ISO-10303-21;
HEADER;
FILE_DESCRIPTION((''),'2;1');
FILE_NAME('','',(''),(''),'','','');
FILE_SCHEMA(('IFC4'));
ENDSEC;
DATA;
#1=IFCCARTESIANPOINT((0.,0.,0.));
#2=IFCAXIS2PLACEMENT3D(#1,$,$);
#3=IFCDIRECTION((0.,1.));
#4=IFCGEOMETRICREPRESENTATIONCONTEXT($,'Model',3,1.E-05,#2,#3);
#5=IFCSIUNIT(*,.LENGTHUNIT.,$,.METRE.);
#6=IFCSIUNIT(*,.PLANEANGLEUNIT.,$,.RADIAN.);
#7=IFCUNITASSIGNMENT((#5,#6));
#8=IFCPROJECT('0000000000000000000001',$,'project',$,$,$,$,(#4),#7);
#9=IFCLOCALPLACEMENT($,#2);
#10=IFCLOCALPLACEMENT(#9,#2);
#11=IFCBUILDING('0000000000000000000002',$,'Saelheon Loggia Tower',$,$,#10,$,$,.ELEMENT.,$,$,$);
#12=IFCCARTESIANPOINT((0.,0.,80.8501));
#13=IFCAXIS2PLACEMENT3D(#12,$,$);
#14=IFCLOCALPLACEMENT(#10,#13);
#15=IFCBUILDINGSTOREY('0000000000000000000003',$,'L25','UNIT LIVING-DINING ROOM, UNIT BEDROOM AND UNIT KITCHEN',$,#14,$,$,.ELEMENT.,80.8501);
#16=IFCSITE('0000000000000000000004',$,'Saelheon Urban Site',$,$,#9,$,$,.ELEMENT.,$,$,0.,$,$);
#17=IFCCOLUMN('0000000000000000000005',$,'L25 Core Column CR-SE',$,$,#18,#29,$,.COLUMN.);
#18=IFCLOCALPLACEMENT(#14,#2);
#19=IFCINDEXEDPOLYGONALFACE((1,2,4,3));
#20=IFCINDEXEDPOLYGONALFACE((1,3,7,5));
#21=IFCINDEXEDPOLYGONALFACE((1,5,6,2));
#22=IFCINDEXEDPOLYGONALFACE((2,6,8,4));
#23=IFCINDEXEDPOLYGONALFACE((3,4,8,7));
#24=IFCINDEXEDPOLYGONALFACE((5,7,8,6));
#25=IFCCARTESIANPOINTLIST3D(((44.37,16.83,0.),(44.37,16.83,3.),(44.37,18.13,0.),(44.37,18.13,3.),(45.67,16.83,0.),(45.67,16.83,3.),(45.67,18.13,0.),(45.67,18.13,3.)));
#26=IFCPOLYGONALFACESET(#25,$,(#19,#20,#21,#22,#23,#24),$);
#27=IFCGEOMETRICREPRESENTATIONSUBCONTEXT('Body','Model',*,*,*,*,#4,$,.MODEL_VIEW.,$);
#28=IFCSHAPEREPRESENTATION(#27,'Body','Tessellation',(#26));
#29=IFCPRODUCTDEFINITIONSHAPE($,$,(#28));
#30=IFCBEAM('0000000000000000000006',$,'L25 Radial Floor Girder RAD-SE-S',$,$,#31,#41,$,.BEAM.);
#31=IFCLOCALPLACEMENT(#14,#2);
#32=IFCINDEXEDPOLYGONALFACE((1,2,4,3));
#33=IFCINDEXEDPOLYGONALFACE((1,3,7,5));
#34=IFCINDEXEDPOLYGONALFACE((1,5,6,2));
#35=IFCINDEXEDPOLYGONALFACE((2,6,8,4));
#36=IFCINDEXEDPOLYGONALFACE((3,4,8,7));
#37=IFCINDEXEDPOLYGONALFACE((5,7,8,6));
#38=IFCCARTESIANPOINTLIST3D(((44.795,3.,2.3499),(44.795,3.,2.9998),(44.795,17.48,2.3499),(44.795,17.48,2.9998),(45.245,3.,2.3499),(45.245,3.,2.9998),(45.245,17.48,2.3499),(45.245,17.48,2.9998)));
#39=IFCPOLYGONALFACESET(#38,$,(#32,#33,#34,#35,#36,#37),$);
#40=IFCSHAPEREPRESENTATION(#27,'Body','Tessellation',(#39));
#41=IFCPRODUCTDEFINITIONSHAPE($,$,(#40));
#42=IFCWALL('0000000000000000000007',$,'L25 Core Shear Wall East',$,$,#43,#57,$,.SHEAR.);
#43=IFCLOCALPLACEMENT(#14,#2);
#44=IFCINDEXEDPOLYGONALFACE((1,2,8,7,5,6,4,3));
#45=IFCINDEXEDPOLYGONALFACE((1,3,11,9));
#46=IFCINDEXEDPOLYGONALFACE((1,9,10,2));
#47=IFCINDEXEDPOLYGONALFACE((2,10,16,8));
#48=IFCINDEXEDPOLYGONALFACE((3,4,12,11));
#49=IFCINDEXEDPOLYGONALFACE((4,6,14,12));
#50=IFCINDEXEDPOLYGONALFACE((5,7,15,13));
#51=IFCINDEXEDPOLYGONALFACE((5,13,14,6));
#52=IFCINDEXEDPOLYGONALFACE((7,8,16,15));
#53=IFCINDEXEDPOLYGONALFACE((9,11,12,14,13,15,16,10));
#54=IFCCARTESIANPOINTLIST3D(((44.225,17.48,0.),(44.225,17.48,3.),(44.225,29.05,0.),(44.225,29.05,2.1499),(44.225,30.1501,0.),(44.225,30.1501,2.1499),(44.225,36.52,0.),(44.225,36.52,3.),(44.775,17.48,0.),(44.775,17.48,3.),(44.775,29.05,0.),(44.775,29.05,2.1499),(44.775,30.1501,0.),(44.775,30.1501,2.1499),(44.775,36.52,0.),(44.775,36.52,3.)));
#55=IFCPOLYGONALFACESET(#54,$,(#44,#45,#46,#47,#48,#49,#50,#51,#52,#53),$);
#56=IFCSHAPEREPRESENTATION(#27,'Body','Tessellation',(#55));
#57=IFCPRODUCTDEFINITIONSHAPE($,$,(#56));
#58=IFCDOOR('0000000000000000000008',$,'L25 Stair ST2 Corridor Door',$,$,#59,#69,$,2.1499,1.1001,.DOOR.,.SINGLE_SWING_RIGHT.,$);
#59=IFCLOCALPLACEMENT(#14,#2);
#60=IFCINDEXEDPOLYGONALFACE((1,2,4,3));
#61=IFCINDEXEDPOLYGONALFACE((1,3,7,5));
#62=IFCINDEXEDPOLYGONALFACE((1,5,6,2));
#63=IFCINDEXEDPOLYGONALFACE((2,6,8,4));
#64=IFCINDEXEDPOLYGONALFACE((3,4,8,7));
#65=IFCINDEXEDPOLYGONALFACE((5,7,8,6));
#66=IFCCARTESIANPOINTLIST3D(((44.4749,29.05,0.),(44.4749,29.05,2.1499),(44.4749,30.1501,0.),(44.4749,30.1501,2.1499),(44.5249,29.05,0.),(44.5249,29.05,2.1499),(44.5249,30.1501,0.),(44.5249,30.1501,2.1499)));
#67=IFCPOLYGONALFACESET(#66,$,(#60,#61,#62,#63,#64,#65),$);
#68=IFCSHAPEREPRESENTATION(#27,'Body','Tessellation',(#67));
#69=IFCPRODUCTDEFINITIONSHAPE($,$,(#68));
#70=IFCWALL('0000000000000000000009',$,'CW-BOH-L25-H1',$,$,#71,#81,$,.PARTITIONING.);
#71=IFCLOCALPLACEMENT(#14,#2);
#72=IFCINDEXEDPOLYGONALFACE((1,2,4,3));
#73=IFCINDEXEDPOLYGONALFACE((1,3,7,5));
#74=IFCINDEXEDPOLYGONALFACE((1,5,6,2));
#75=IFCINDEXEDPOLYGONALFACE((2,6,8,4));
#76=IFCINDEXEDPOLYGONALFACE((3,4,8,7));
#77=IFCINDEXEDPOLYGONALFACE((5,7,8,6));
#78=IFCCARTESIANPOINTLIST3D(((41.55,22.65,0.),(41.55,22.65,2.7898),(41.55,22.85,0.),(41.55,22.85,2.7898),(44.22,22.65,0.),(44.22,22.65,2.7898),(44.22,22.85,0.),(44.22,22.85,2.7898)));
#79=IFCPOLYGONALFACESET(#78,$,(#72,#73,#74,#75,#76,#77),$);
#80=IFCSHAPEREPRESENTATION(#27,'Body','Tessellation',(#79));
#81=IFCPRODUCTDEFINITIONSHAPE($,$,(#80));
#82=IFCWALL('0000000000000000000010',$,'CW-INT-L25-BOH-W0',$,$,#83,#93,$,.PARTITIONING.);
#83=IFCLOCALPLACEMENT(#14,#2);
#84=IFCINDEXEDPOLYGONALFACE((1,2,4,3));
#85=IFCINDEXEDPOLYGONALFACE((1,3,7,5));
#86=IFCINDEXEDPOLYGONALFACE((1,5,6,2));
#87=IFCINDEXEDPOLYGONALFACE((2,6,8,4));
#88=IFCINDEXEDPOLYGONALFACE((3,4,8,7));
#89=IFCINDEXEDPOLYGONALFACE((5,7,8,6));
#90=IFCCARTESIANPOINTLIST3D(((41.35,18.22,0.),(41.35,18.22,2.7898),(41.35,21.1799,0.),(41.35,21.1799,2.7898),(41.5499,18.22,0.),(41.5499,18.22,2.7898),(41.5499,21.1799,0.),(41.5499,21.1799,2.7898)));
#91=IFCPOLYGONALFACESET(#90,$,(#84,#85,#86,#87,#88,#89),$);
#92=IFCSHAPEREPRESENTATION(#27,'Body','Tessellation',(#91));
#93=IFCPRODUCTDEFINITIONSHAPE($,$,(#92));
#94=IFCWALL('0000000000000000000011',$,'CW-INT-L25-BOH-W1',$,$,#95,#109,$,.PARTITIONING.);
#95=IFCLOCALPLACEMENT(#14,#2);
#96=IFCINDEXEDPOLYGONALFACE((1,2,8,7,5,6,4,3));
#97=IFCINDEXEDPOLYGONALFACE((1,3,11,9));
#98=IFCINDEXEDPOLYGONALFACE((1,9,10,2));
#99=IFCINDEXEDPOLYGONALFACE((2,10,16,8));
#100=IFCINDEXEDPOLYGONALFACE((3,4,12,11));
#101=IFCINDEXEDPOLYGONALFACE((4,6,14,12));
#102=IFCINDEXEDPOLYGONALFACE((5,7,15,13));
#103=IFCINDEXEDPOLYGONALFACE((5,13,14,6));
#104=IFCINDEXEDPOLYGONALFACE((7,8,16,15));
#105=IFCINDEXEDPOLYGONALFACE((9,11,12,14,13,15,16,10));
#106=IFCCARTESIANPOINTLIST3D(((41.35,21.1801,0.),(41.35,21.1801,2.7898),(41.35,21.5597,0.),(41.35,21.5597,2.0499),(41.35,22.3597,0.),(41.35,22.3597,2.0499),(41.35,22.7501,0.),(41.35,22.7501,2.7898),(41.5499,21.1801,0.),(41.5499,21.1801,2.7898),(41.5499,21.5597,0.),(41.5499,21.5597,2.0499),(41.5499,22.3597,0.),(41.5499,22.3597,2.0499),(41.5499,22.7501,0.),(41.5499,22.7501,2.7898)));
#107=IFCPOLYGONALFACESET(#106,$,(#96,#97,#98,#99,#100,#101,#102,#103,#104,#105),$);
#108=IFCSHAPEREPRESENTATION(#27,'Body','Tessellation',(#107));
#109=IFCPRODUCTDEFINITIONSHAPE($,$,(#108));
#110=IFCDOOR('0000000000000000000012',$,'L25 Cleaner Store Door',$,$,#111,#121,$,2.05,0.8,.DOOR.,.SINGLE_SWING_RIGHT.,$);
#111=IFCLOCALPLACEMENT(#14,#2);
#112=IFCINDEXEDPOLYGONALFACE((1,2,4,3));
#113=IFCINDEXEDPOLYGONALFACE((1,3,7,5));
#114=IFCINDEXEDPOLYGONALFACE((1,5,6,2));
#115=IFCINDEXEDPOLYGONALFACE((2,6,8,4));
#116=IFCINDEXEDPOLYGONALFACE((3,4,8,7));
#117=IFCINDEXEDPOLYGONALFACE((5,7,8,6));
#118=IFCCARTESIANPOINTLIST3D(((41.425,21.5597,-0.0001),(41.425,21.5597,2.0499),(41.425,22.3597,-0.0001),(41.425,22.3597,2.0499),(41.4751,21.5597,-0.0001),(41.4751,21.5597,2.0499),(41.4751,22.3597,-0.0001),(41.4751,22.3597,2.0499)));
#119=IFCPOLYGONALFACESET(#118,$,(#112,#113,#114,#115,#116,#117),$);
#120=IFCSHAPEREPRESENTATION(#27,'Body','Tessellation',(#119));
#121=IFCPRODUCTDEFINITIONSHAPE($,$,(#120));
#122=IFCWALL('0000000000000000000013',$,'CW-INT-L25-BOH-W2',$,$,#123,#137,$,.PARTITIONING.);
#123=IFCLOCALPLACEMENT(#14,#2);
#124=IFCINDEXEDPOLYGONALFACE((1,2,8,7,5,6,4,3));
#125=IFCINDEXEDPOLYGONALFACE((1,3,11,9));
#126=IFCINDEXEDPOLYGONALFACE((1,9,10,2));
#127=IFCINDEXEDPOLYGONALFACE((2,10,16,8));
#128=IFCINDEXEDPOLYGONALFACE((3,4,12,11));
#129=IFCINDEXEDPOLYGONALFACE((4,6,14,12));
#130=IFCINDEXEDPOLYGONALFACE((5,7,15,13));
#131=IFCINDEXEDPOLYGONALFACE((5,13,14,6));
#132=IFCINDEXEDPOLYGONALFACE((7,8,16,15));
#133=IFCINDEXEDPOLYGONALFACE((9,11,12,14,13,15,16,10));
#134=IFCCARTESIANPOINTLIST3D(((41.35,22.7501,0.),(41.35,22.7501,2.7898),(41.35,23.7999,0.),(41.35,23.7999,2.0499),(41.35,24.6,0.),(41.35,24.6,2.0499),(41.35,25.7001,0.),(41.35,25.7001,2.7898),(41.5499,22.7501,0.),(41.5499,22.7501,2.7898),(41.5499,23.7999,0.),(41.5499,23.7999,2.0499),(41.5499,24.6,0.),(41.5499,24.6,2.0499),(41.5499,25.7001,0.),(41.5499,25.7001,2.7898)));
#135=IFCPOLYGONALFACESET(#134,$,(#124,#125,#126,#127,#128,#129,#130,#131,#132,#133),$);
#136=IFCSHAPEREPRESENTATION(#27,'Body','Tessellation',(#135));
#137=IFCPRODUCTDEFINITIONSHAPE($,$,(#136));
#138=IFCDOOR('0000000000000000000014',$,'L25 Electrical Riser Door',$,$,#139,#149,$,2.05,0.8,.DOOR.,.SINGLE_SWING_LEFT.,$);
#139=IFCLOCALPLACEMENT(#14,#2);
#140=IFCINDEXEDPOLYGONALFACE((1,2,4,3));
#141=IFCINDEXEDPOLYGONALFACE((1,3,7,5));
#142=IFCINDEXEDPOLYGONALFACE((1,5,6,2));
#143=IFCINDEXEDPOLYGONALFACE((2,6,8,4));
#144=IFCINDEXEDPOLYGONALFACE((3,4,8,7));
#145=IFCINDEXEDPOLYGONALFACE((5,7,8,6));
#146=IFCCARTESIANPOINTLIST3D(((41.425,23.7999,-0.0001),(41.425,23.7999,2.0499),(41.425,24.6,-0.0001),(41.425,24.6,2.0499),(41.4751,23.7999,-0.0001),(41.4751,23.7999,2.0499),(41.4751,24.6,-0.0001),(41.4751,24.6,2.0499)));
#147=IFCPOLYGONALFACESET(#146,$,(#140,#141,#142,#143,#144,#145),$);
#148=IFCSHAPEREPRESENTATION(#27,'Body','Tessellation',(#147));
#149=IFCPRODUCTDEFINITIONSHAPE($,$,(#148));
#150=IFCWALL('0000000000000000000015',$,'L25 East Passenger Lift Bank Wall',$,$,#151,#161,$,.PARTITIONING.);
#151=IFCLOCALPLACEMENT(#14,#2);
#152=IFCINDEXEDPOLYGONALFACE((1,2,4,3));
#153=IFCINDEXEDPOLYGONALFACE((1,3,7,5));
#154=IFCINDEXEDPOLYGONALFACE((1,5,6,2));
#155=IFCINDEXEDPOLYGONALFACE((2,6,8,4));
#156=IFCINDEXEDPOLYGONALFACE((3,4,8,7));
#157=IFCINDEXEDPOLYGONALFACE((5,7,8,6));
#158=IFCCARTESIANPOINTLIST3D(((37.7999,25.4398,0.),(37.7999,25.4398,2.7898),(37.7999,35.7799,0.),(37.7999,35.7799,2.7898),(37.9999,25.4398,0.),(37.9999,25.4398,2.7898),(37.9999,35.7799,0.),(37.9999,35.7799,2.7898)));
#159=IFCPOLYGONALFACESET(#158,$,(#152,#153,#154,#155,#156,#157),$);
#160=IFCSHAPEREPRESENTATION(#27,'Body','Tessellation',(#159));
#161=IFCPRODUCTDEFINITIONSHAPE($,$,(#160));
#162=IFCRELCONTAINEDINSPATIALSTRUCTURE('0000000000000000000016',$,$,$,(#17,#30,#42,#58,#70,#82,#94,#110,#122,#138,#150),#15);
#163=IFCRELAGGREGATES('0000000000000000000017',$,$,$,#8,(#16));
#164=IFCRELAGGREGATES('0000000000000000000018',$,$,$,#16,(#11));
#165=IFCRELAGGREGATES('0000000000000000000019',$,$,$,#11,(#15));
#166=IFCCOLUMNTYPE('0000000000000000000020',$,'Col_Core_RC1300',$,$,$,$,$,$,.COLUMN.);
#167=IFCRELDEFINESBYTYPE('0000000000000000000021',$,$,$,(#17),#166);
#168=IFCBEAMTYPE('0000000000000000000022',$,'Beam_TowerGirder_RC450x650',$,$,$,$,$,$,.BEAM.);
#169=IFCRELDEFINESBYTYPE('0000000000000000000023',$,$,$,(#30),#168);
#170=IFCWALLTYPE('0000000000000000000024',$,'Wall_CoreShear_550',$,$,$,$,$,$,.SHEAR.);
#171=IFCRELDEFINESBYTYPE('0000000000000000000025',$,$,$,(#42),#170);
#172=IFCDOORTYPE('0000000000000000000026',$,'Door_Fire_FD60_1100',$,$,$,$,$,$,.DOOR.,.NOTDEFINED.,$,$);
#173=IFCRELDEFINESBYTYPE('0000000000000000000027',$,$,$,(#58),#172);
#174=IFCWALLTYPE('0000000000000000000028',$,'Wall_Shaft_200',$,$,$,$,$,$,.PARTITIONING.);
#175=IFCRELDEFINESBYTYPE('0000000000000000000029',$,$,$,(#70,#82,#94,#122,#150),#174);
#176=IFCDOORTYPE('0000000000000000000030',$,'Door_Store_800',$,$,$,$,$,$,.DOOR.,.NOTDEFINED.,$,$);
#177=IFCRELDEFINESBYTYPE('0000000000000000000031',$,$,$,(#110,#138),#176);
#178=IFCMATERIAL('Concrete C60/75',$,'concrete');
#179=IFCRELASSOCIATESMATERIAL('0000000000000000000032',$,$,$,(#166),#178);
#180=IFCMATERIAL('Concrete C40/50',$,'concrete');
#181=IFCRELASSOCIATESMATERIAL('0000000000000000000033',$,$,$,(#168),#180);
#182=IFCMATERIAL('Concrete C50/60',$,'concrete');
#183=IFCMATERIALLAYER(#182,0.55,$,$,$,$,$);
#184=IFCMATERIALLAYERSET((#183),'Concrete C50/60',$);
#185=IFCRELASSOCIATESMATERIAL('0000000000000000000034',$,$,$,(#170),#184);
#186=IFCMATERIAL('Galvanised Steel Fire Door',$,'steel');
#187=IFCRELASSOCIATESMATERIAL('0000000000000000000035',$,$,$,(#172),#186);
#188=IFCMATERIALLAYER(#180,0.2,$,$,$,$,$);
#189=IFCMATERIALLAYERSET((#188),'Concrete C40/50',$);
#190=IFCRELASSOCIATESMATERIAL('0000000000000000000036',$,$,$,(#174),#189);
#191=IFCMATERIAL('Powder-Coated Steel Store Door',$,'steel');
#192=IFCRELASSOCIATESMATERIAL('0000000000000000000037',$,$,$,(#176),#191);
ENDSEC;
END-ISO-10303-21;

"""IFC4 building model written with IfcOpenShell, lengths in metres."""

from ifc_helpers import new_model, si_unit, direction, frame, frame_2d, origin, origin_2d, place, context, subcontext, project, spatial, rectangle, extrude, source, transform, mapped, material, layer, layer_set, material_profile, profile_set, type_object, element, fill, save


model = new_model("IFC4")

# Units and contexts
model_context = context("Model", 3, precision=1e-05, world=origin(), true_north=direction((0.0, 1.0)))
body_context = subcontext(model_context, "Body", "Model", "MODEL_VIEW")
ifc_project = project(units=[si_unit("LENGTHUNIT", "METRE"), si_unit("PLANEANGLEUNIT", "RADIAN")], contexts=[model_context])

# Site, building, storey
site_placement = place(None, origin())
site = spatial("IfcSite", under=ifc_project, at=site_placement, Name="Saelheon Urban Site", CompositionType="ELEMENT", RefElevation=0.0)
building_placement = place(site_placement, origin())
building = spatial("IfcBuilding", under=site, at=building_placement, Name="Saelheon Loggia Tower", CompositionType="ELEMENT")
storey_placement = place(building_placement, frame((0.0, 0.0, 80.8501)))
storey = spatial("IfcBuildingStorey", under=building, at=storey_placement, Name="L25", Description="UNIT LIVING-DINING ROOM, UNIT BEDROOM AND UNIT KITCHEN", CompositionType="ELEMENT", Elevation=80.8501)

# Column
ifc_material_1 = material(Name="Concrete C60/75", Category="concrete")
ifc_material_profile_1 = material_profile(ifc_material_1, rectangle(XDim=1.3, YDim=1.3, at=origin_2d()), Name="RC-1300x1300")
ifc_profile_set_1 = profile_set([ifc_material_profile_1], Name="Concrete C60/75")
column_type = type_object("IfcColumnType", Name="Col_Core_RC1300", PredefinedType="COLUMN", material=ifc_profile_set_1)
shared_shape_1 = source(origin(), body_context, "Body", "SweptSolid", [
    extrude(rectangle(XDim=1.3, YDim=1.3, at=origin_2d()), origin(), (0.0, 0.0, 1.0), 3.0),
])
column_placement = place(storey_placement, frame((45.02, 17.48, 0.0), z_axis=(0.0, 0.0, 1.0), x_axis=(1.0, 0.0, 0.0)))
element("IfcColumn", 1, at=column_placement, inside=storey, type_object=column_type, Name="L25 Core Column CR-SE", PredefinedType="COLUMN", context=body_context, shape_type="MappedRepresentation", body=[
    mapped(shared_shape_1, transform((0.0, 0.0, 0.0), scale=1.0)),
])

# Beam
ifc_material_2 = material(Name="Concrete C40/50", Category="concrete")
ifc_material_profile_2 = material_profile(ifc_material_2, rectangle(XDim=0.45, YDim=0.6499, at=origin_2d()), Name="RC-450x650")
ifc_profile_set_2 = profile_set([ifc_material_profile_2], Name="Concrete C40/50")
beam_type = type_object("IfcBeamType", Name="Beam_TowerGirder_RC450x650", PredefinedType="BEAM", material=ifc_profile_set_2)
shared_shape_2 = source(origin(), body_context, "Body", "SweptSolid", [
    extrude(rectangle(XDim=0.45, YDim=0.6499, at=origin_2d()), origin(), (0.0, 0.0, 1.0), 14.48),
])
beam_placement = place(storey_placement, frame((45.02, 17.48, 2.6748), z_axis=(0.0, -1.0, 0.0), x_axis=(1.0, 0.0, 0.0)))
element("IfcBeam", 2, at=beam_placement, inside=storey, type_object=beam_type, Name="L25 Radial Floor Girder RAD-SE-S", PredefinedType="BEAM", context=body_context, shape_type="MappedRepresentation", body=[
    mapped(shared_shape_2, transform((0.0, 0.0, 0.0), scale=1.0)),
])

# Wall, opening, door
ifc_material_3 = material(Name="Concrete C50/60", Category="concrete")
ifc_layer_1 = layer(ifc_material_3, 0.55)
ifc_layer_set_1 = layer_set([ifc_layer_1], Name="Concrete C50/60")
wall_type_1 = type_object("IfcWallType", Name="Wall_CoreShear_550", PredefinedType="SHEAR", material=ifc_layer_set_1)
wall_1_placement = place(storey_placement, frame((44.5, 17.48, 0.0), z_axis=(0.0, 0.0, 1.0), x_axis=(0.0, 1.0, 0.0)))
wall_1 = element("IfcWall", 3, at=wall_1_placement, inside=storey, type_object=wall_type_1, Name="L25 Core Shear Wall East", PredefinedType="SHEAR", context=body_context, shape_type="SweptSolid", body=[
    extrude(rectangle(XDim=19.04, YDim=0.55, at=frame_2d((9.52, 0.0))), origin(), (0.0, 0.0, 1.0), 3.0),
])
opening_1_placement = place(wall_1_placement, frame((12.6702, 0.0, 0.0), z_axis=(0.0, 0.0, 1.0), x_axis=(-1.0, 0.0, 0.0)))
opening_1 = element("IfcOpeningElement", 4, at=opening_1_placement, cuts=wall_1, PredefinedType="OPENING", context=body_context, shape_type="SweptSolid", body=[
    extrude(rectangle(XDim=1.1001, YDim=2.1499, at=frame_2d((0.55, 1.075))), frame((0.0, 0.2871, 0.0), z_axis=(0.0, -1.0, 0.0), x_axis=(1.0, 0.0, 0.0)), (0.0, 0.0, 1.0), 0.574),
])
ifc_material_4 = material(Name="Galvanised Steel Fire Door", Category="steel")
door_type_1 = type_object("IfcDoorType", Name="Door_Fire_FD60_1100", OperationType="NOTDEFINED", PredefinedType="DOOR", material=ifc_material_4)
shared_shape_3 = source(origin(), body_context, "Body", "SweptSolid", [
    extrude(rectangle(XDim=1.1001, YDim=2.1499, at=frame_2d((0.55, 1.075))), frame((0.0, 0.0249, 0.0), z_axis=(0.0, -1.0, 0.0), x_axis=(1.0, 0.0, 0.0)), (0.0, 0.0, 1.0), 0.05),
])
door_1_placement = place(opening_1_placement, origin())
door_1 = element("IfcDoor", 5, at=door_1_placement, inside=storey, type_object=door_type_1, Name="L25 Stair ST2 Corridor Door", OperationType="SINGLE_SWING_RIGHT", OverallHeight=2.1499, OverallWidth=1.1001, PredefinedType="DOOR", context=body_context, shape_type="MappedRepresentation", body=[
    mapped(shared_shape_3, transform((0.0, 0.0, 0.0), scale=1.0)),
])
fill(opening_1, door_1)

# Walls
ifc_layer_2 = layer(ifc_material_2, 0.2)
ifc_layer_set_2 = layer_set([ifc_layer_2], Name="Concrete C40/50")
wall_type_2 = type_object("IfcWallType", Name="Wall_Shaft_200", PredefinedType="PARTITIONING", material=ifc_layer_set_2)
wall_2_placement = place(storey_placement, frame((41.55, 22.75, 0.0), z_axis=(0.0, 0.0, 1.0), x_axis=(1.0, 0.0, 0.0)))
element("IfcWall", 6, at=wall_2_placement, inside=storey, type_object=wall_type_2, Name="CW-BOH-L25-H1", PredefinedType="PARTITIONING", context=body_context, shape_type="SweptSolid", body=[
    extrude(rectangle(XDim=2.6699, YDim=0.2, at=frame_2d((1.335, 0.0))), origin(), (0.0, 0.0, 1.0), 2.7898),
])
wall_3_placement = place(storey_placement, frame((41.45, 18.22, 0.0), z_axis=(0.0, 0.0, 1.0), x_axis=(0.0, 1.0, 0.0)))
element("IfcWall", 7, at=wall_3_placement, inside=storey, type_object=wall_type_2, Name="CW-INT-L25-BOH-W0", PredefinedType="PARTITIONING", context=body_context, shape_type="SweptSolid", body=[
    extrude(rectangle(XDim=2.96, YDim=0.2, at=frame_2d((1.48, 0.0))), origin(), (0.0, 0.0, 1.0), 2.7898),
])

# Walls, openings, doors
wall_4_placement = place(storey_placement, frame((41.45, 21.1799, 0.0), z_axis=(0.0, 0.0, 1.0), x_axis=(0.0, 1.0, 0.0)))
wall_4 = element("IfcWall", 8, at=wall_4_placement, inside=storey, type_object=wall_type_2, Name="CW-INT-L25-BOH-W1", PredefinedType="PARTITIONING", context=body_context, shape_type="SweptSolid", body=[
    extrude(rectangle(XDim=1.5701, YDim=0.2, at=frame_2d((0.7852, 0.0))), origin(), (0.0, 0.0, 1.0), 2.7898),
])
opening_2_placement = place(wall_4_placement, frame((0.3799, 0.0, 0.0)))
opening_2 = element("IfcOpeningElement", 9, at=opening_2_placement, cuts=wall_4, PredefinedType="OPENING", context=body_context, shape_type="SweptSolid", body=[
    extrude(rectangle(XDim=0.8, YDim=2.05, at=frame_2d((0.3999, 1.0249))), frame((0.0, 0.1121, 0.0), z_axis=(0.0, -1.0, 0.0), x_axis=(1.0, 0.0, 0.0)), (0.0, 0.0, 1.0), 0.2239),
])
ifc_material_5 = material(Name="Powder-Coated Steel Store Door", Category="steel")
door_type_2 = type_object("IfcDoorType", Name="Door_Store_800", OperationType="NOTDEFINED", PredefinedType="DOOR", material=ifc_material_5)
shared_shape_4 = source(origin(), body_context, "Body", "SweptSolid", [
    extrude(rectangle(XDim=0.8, YDim=2.05, at=frame_2d((0.3999, 1.0249))), frame((0.0, 0.0249, 0.0), z_axis=(0.0, -1.0, 0.0), x_axis=(1.0, 0.0, 0.0)), (0.0, 0.0, 1.0), 0.05),
])
door_2_placement = place(opening_2_placement, origin())
door_2 = element("IfcDoor", 10, at=door_2_placement, inside=storey, type_object=door_type_2, Name="L25 Cleaner Store Door", OperationType="SINGLE_SWING_RIGHT", OverallHeight=2.05, OverallWidth=0.8, PredefinedType="DOOR", context=body_context, shape_type="MappedRepresentation", body=[
    mapped(shared_shape_4, transform((0.0, 0.0, 0.0), scale=1.0)),
])
fill(opening_2, door_2)
wall_5_placement = place(storey_placement, frame((41.45, 22.75, 0.0), z_axis=(0.0, 0.0, 1.0), x_axis=(0.0, 1.0, 0.0)))
wall_5 = element("IfcWall", 11, at=wall_5_placement, inside=storey, type_object=wall_type_2, Name="CW-INT-L25-BOH-W2", PredefinedType="PARTITIONING", context=body_context, shape_type="SweptSolid", body=[
    extrude(rectangle(XDim=2.95, YDim=0.2, at=frame_2d((1.4751, 0.0))), origin(), (0.0, 0.0, 1.0), 2.7898),
])
opening_3_placement = place(wall_5_placement, frame((1.05, 0.0, 0.0)))
opening_3 = element("IfcOpeningElement", 12, at=opening_3_placement, cuts=wall_5, PredefinedType="OPENING", context=body_context, shape_type="SweptSolid", body=[
    extrude(rectangle(XDim=0.8, YDim=2.05, at=frame_2d((0.3999, 1.0249))), frame((0.0, 0.1121, 0.0), z_axis=(0.0, -1.0, 0.0), x_axis=(1.0, 0.0, 0.0)), (0.0, 0.0, 1.0), 0.2239),
])
door_3_placement = place(opening_3_placement, origin())
door_3 = element("IfcDoor", 13, at=door_3_placement, inside=storey, type_object=door_type_2, Name="L25 Electrical Riser Door", OperationType="SINGLE_SWING_LEFT", OverallHeight=2.05, OverallWidth=0.8, PredefinedType="DOOR", context=body_context, shape_type="MappedRepresentation", body=[
    mapped(shared_shape_4, transform((0.0, 0.0, 0.0), scale=1.0)),
])
fill(opening_3, door_3)

# Wall
wall_6_placement = place(storey_placement, frame((37.8999, 25.4399, 0.0), z_axis=(0.0, 0.0, 1.0), x_axis=(0.0, 1.0, 0.0)))
element("IfcWall", 14, at=wall_6_placement, inside=storey, type_object=wall_type_2, Name="L25 East Passenger Lift Bank Wall", PredefinedType="PARTITIONING", context=body_context, shape_type="SweptSolid", body=[
    extrude(rectangle(XDim=10.3401, YDim=0.2, at=frame_2d((5.1699, 0.0))), origin(), (0.0, 0.0, 1.0), 2.7898),
])

save(model, "model.ifc")
